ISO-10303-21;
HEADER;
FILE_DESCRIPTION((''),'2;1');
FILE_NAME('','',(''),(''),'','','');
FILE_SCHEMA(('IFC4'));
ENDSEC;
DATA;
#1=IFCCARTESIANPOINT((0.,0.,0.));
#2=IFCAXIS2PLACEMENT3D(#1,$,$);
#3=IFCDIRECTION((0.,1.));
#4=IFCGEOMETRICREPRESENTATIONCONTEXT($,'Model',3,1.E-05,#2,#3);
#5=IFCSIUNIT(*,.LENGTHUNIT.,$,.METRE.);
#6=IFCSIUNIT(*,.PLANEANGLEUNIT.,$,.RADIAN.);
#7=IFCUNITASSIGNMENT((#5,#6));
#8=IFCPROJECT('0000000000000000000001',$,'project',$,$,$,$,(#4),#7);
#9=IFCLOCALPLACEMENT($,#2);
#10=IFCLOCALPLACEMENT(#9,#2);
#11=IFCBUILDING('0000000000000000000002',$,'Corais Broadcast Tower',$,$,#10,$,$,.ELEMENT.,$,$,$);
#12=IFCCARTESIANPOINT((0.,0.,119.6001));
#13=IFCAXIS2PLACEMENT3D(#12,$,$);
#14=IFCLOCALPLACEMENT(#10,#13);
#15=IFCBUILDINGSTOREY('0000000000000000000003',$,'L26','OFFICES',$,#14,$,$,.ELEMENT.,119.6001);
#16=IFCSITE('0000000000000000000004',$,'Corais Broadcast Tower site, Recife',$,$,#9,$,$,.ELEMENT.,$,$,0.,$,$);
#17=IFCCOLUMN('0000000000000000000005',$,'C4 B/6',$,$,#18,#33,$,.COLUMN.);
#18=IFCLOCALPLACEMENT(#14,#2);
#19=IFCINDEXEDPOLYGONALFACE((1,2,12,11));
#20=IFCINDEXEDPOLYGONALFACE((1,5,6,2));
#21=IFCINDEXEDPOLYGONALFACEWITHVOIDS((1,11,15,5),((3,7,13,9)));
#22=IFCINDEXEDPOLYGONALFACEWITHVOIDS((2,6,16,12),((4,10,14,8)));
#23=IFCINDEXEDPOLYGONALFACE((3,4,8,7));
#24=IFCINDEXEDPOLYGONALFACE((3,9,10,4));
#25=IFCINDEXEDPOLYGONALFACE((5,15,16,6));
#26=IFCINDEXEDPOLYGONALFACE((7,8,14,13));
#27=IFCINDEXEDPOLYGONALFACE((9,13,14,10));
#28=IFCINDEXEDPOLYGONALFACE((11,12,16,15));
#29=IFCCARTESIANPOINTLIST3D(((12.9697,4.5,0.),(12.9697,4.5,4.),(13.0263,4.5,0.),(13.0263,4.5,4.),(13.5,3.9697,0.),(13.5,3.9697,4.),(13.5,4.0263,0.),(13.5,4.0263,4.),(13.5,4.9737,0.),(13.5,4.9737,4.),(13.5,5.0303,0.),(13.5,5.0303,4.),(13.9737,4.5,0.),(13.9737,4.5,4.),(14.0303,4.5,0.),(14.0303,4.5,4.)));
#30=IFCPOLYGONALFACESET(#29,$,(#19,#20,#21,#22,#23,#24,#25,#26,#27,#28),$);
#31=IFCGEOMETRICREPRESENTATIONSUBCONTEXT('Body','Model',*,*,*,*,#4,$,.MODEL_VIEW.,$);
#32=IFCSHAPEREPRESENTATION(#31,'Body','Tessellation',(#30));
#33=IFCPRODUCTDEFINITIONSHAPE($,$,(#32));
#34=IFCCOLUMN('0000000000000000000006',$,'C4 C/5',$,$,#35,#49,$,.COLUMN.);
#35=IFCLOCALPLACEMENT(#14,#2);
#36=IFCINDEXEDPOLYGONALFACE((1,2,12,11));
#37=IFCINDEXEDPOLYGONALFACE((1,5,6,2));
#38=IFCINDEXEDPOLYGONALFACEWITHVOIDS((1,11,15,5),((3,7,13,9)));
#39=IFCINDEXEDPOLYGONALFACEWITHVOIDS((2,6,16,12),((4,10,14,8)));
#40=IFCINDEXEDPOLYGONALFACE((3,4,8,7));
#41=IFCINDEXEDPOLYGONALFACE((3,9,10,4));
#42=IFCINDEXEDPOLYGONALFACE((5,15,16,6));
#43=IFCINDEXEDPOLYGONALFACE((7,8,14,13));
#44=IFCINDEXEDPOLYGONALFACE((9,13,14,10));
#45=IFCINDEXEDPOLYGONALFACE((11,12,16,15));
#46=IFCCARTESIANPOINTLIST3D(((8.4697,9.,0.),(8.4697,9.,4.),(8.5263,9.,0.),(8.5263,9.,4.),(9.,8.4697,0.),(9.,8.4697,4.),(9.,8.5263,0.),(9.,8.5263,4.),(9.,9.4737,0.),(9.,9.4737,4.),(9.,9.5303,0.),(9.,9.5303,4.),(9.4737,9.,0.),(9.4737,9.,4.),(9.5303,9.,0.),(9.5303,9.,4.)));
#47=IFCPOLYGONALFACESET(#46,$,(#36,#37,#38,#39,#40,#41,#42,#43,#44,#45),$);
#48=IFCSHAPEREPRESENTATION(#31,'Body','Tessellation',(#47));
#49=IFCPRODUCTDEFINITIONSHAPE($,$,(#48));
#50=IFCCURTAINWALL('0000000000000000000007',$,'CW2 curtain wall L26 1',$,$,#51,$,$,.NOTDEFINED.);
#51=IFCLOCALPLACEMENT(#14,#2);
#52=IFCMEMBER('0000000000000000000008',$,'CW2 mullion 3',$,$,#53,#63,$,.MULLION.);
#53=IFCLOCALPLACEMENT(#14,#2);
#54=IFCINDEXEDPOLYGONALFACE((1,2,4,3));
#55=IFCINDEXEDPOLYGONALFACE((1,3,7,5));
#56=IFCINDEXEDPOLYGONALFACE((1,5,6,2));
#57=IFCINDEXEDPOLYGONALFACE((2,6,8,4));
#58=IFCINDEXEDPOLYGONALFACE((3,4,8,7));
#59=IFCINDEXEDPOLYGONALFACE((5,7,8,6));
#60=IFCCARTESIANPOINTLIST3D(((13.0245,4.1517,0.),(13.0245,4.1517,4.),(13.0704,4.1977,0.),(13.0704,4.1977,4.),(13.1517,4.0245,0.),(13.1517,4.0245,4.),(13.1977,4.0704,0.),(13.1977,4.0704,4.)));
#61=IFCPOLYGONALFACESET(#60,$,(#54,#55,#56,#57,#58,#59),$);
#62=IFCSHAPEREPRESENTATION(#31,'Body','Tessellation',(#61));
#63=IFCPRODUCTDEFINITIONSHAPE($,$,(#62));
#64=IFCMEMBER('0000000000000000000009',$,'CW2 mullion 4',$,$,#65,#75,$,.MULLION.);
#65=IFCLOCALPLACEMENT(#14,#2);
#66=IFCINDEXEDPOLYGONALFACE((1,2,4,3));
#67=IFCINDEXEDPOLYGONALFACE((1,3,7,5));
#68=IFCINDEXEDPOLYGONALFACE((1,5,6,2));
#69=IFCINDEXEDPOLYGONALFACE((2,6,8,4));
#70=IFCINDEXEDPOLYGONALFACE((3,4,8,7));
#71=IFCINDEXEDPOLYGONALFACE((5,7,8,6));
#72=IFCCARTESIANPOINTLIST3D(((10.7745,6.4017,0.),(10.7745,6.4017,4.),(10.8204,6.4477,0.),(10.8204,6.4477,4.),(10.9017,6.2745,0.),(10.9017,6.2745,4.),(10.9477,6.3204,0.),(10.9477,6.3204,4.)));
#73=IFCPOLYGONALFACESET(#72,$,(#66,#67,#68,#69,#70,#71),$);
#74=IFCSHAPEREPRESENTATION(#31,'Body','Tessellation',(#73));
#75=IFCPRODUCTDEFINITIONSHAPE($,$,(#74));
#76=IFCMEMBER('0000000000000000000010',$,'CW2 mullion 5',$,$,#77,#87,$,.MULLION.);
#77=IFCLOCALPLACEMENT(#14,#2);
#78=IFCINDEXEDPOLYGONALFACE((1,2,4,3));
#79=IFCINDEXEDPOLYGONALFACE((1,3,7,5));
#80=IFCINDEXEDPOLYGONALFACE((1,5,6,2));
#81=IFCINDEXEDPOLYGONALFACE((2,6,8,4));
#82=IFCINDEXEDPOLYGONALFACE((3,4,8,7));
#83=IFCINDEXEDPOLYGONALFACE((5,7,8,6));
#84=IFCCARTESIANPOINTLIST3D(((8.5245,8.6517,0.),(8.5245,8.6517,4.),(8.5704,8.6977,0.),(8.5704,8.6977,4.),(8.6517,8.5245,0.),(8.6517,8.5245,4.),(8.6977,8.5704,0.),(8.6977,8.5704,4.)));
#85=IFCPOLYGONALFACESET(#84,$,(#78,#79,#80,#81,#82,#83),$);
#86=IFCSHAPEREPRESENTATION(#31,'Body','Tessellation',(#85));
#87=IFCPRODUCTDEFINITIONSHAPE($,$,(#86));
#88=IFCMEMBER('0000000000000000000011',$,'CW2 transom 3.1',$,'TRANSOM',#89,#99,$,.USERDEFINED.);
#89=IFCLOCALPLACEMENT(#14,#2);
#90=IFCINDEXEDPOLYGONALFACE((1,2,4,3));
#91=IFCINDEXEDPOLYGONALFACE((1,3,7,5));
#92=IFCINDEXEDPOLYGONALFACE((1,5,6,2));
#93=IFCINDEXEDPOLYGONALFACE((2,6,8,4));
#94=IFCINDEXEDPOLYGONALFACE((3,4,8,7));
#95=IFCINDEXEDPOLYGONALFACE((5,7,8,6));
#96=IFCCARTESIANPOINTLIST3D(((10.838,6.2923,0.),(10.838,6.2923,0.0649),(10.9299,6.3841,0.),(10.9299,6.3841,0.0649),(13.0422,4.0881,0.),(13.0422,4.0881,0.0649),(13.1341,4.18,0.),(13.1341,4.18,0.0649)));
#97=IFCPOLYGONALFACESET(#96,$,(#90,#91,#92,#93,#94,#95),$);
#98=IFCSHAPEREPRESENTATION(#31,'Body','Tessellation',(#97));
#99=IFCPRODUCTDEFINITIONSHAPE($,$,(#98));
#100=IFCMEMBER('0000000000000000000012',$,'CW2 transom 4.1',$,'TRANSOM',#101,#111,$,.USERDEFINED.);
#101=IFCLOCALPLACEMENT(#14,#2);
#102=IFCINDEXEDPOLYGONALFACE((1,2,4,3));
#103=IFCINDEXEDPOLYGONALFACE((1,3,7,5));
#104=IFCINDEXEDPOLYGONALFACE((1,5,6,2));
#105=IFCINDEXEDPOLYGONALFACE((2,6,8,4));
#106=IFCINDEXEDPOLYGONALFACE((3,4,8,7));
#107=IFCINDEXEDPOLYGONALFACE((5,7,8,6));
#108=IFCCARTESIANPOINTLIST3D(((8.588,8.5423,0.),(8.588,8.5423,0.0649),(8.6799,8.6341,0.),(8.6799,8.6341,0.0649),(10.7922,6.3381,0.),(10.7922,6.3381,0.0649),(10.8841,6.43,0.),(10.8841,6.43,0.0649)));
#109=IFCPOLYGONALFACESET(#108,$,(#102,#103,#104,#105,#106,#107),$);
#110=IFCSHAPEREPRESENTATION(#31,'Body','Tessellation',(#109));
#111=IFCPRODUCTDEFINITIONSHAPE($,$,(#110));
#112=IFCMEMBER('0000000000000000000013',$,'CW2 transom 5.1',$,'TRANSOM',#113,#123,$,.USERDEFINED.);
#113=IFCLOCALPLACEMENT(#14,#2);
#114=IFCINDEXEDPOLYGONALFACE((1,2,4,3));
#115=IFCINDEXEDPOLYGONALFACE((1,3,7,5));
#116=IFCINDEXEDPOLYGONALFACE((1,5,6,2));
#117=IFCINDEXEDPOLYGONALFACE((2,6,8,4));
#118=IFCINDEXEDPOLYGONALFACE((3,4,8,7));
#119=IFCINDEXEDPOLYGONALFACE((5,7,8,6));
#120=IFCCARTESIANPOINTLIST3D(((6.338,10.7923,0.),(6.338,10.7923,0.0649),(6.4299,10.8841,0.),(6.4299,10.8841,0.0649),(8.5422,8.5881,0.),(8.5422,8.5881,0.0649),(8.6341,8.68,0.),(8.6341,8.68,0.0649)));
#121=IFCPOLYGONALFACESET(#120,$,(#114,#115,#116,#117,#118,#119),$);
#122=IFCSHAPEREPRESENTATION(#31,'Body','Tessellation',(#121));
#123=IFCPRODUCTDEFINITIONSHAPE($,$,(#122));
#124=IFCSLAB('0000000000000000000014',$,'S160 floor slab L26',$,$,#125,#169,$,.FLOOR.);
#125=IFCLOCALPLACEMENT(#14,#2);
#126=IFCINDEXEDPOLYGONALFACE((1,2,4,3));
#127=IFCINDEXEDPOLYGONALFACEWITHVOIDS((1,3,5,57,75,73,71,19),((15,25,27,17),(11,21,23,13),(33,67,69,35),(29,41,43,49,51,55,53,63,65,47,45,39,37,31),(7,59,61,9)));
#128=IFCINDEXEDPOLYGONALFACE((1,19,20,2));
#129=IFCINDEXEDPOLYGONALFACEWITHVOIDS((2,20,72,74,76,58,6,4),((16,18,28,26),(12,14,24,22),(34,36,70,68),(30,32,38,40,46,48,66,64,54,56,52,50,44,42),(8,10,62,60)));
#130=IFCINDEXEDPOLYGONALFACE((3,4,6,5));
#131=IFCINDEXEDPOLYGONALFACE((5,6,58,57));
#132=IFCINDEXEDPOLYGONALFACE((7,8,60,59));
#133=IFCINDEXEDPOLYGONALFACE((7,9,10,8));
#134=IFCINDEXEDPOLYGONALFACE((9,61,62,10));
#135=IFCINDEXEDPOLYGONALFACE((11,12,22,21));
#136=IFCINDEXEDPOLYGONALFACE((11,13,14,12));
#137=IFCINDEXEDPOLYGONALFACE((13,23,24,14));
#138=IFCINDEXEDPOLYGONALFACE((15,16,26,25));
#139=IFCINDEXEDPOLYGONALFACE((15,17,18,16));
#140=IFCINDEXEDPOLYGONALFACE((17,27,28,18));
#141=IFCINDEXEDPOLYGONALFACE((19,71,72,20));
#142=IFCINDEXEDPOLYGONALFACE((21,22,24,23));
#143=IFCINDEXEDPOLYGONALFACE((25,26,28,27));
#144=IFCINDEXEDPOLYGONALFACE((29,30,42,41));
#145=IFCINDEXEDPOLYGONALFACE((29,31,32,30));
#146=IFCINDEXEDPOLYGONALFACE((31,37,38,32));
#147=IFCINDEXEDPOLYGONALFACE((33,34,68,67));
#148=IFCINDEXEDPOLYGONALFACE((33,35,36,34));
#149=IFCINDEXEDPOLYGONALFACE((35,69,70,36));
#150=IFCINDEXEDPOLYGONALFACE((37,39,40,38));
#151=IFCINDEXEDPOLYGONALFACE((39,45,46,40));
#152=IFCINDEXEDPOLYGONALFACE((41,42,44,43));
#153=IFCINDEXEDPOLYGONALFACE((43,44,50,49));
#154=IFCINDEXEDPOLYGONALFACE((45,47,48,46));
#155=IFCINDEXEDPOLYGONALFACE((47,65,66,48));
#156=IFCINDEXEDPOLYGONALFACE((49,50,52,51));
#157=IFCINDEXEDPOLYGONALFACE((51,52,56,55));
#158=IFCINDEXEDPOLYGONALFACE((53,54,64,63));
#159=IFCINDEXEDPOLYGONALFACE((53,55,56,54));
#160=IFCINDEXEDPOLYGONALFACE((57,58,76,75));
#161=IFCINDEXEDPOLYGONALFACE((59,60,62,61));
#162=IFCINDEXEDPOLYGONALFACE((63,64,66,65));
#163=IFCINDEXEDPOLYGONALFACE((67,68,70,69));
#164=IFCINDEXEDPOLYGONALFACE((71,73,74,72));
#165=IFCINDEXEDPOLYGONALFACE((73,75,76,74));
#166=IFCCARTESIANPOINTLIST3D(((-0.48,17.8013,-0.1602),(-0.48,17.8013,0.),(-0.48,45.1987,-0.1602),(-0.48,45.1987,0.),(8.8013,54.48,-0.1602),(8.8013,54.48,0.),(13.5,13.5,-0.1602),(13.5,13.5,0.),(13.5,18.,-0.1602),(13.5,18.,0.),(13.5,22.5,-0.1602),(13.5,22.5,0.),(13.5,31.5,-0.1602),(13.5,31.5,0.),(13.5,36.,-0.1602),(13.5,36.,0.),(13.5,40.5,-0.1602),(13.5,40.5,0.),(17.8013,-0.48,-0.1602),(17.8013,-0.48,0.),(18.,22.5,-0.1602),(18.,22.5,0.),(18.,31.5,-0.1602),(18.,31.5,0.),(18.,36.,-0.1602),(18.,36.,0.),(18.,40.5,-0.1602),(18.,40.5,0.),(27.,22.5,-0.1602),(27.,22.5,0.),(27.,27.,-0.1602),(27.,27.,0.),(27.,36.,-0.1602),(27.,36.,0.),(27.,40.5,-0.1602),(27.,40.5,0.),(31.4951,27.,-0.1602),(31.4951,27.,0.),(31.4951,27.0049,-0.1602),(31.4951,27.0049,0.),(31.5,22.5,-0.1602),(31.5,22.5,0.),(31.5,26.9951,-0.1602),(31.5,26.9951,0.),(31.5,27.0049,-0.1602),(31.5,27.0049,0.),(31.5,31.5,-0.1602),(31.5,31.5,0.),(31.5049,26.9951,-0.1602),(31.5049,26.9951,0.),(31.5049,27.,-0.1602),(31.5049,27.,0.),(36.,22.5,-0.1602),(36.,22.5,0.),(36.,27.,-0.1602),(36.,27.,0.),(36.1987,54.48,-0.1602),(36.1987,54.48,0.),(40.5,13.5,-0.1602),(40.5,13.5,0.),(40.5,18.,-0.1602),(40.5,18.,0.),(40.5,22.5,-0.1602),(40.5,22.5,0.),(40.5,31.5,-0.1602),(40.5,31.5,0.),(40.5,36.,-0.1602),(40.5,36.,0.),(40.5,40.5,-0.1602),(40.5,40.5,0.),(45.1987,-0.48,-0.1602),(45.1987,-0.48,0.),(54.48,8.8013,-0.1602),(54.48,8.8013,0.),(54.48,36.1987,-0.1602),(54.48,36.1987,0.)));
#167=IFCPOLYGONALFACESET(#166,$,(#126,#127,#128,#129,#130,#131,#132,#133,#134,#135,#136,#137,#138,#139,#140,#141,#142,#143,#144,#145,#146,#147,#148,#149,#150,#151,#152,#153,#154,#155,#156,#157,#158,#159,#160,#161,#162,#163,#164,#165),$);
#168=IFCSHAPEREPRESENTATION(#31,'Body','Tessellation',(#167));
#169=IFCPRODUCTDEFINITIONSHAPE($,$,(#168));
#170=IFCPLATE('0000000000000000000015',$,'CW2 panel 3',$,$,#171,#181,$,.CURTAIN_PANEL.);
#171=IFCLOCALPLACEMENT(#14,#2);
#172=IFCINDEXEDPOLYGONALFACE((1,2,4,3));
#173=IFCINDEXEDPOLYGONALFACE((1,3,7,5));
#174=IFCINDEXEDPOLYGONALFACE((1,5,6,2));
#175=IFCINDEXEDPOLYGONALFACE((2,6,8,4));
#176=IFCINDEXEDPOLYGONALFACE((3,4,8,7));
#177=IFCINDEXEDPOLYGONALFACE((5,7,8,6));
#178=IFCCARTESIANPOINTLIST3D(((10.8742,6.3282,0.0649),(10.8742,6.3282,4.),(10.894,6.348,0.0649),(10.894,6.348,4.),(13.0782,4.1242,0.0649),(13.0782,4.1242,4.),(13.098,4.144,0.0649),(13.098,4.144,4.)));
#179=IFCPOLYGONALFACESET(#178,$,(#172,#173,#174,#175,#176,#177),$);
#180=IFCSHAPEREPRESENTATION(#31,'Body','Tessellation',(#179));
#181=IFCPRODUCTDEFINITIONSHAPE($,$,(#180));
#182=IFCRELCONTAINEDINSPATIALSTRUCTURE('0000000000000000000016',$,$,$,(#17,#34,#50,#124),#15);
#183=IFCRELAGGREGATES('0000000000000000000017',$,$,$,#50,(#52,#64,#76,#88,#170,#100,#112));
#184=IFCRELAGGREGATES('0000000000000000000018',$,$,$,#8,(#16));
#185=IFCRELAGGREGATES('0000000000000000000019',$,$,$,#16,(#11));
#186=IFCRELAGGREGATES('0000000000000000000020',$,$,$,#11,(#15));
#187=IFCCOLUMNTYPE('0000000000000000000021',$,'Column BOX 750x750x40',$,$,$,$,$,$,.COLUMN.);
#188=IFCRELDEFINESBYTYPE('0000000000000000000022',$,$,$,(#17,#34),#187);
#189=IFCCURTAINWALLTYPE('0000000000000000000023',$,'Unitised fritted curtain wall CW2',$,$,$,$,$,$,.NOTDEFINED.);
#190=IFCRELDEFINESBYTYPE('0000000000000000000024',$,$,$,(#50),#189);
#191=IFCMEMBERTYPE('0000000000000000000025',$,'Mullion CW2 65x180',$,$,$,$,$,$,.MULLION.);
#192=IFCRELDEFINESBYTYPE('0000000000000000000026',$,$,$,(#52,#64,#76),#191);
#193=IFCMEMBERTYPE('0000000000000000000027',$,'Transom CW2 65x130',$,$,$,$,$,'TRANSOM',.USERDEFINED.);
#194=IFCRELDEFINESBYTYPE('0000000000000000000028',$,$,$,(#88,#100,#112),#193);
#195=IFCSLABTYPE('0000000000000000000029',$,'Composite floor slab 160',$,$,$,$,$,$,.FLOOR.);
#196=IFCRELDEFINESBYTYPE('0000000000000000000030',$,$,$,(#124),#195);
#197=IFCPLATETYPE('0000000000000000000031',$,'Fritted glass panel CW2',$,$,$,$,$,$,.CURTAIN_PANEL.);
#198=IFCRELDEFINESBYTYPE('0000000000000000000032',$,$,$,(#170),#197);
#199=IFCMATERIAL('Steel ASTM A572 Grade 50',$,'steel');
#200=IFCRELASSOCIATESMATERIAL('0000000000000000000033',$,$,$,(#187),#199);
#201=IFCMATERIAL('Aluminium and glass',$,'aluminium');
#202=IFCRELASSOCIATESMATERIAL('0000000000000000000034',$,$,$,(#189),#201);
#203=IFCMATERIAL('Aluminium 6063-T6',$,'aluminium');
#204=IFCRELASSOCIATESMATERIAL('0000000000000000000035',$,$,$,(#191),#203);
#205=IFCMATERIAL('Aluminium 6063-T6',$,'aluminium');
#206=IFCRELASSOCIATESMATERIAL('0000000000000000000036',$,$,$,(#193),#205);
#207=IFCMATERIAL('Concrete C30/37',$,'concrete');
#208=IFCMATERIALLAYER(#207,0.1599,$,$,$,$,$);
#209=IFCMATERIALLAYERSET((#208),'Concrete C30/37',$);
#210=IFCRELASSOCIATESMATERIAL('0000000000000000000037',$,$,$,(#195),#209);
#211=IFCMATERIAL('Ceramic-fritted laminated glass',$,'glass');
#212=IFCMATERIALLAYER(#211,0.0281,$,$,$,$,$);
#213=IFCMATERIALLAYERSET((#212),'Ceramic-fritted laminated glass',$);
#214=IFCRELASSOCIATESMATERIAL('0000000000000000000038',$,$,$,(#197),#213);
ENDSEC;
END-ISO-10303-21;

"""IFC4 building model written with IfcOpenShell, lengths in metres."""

from ifc_helpers import new_model, si_unit, direction, frame, origin, origin_2d, place, context, subcontext, project, spatial, polyline, rectangle, hollow_rectangle, outline, extrude, material, layer, layer_set, material_profile, profile_set, type_object, element, aggregate, save


model = new_model("IFC4")

# Units and contexts
model_context = context("Model", 3, precision=1e-05, world=origin(), true_north=direction((0.0, 1.0)))
body_context = subcontext(model_context, "Body", "Model", "MODEL_VIEW")
ifc_project = project(units=[si_unit("LENGTHUNIT", "METRE"), si_unit("PLANEANGLEUNIT", "RADIAN")], contexts=[model_context])

# Site, building, storey
site_placement = place(None, origin())
site = spatial("IfcSite", under=ifc_project, at=site_placement, Name="Corais Broadcast Tower site, Recife", CompositionType="ELEMENT", RefElevation=0.0)
building_placement = place(site_placement, origin())
building = spatial("IfcBuilding", under=site, at=building_placement, Name="Corais Broadcast Tower", CompositionType="ELEMENT")
storey_placement = place(building_placement, frame((0.0, 0.0, 119.6001)))
storey = spatial("IfcBuildingStorey", under=building, at=storey_placement, Name="L26", Description="OFFICES", CompositionType="ELEMENT", Elevation=119.6001)

# Columns
ifc_material_1 = material(Name="Steel ASTM A572 Grade 50", Category="steel")
ifc_material_profile_1 = material_profile(ifc_material_1, hollow_rectangle(XDim=0.75, YDim=0.75, WallThickness=0.04, at=origin_2d()), Name="BOX 750x750x40")
ifc_profile_set_1 = profile_set([ifc_material_profile_1], Name="Steel ASTM A572 Grade 50")
column_type = type_object("IfcColumnType", Name="Column BOX 750x750x40", PredefinedType="COLUMN", material=ifc_profile_set_1)
for number, where, z_axis, x_axis, name in (
    (1, (13.5, 4.5, 0.0), (0.0, 0.0, 1.0), (0.707107, 0.707107, 0.0), "C4 B/6"),
    (2, (9.0, 9.0, 0.0), (0.0, 0.0, 1.0), (0.707107, 0.707107, 0.0), "C4 C/5"),
):
    element("IfcColumn", number, at=place(storey_placement, frame(where, z_axis=z_axis, x_axis=x_axis)), inside=storey, type_object=column_type, Name=name, PredefinedType="COLUMN", context=body_context, shape_type="SweptSolid", body=[
        extrude(hollow_rectangle(XDim=0.75, YDim=0.75, WallThickness=0.04, at=origin_2d()), origin(), (0.0, 0.0, 1.0), 4.0),
    ])

# Curtain wall, members
ifc_material_2 = material(Name="Aluminium and glass", Category="aluminium")
curtain_wall_type = type_object("IfcCurtainWallType", Name="Unitised fritted curtain wall CW2", PredefinedType="NOTDEFINED", material=ifc_material_2)
curtain_wall_placement = place(storey_placement, origin())
curtain_wall = element("IfcCurtainWall", 3, at=curtain_wall_placement, inside=storey, type_object=curtain_wall_type, Name="CW2 curtain wall L26 1", PredefinedType="NOTDEFINED")
ifc_material_3 = material(Name="Aluminium 6063-T6", Category="aluminium")
ifc_material_profile_2 = material_profile(ifc_material_3, rectangle(XDim=0.0649, YDim=0.1799, at=origin_2d()), Name="Mullion CW2 65x180")
ifc_profile_set_2 = profile_set([ifc_material_profile_2], Name="Aluminium 6063-T6")
member_type_1 = type_object("IfcMemberType", Name="Mullion CW2 65x180", PredefinedType="MULLION", material=ifc_profile_set_2)
member_1_placement = place(storey_placement, frame((13.1111, 4.1111, 0.0), z_axis=(0.0, 0.0, 1.0), x_axis=(-0.707107, -0.707107, 0.0)))
member_1 = element("IfcMember", 4, at=member_1_placement, type_object=member_type_1, Name="CW2 mullion 3", PredefinedType="MULLION", context=body_context, shape_type="SweptSolid", body=[
    extrude(rectangle(XDim=0.0649, YDim=0.1799, at=origin_2d()), origin(), (0.0, 0.0, 1.0), 4.0),
])
member_2_placement = place(storey_placement, frame((10.8611, 6.3611, 0.0), z_axis=(0.0, 0.0, 1.0), x_axis=(-0.707107, -0.707107, 0.0)))
member_2 = element("IfcMember", 5, at=member_2_placement, type_object=member_type_1, Name="CW2 mullion 4", PredefinedType="MULLION", context=body_context, shape_type="SweptSolid", body=[
    extrude(rectangle(XDim=0.0649, YDim=0.1799, at=origin_2d()), origin(), (0.0, 0.0, 1.0), 4.0),
])
member_3_placement = place(storey_placement, frame((8.6111, 8.6111, 0.0), z_axis=(0.0, 0.0, 1.0), x_axis=(-0.707107, -0.707107, 0.0)))
member_3 = element("IfcMember", 6, at=member_3_placement, type_object=member_type_1, Name="CW2 mullion 5", PredefinedType="MULLION", context=body_context, shape_type="SweptSolid", body=[
    extrude(rectangle(XDim=0.0649, YDim=0.1799, at=origin_2d()), origin(), (0.0, 0.0, 1.0), 4.0),
])
ifc_material_4 = material(Name="Aluminium 6063-T6", Category="aluminium")
ifc_material_profile_3 = material_profile(ifc_material_4, rectangle(XDim=0.1299, YDim=0.0649, at=origin_2d()), Name="Transom CW2 65x130")
ifc_profile_set_3 = profile_set([ifc_material_profile_3], Name="Aluminium 6063-T6")
member_type_2 = type_object("IfcMemberType", Name="Transom CW2 65x130", ElementType="TRANSOM", PredefinedType="USERDEFINED", material=ifc_profile_set_3)
member_4_placement = place(storey_placement, frame((13.0881, 4.134, 0.0325), z_axis=(-0.707107, 0.707107, 0.0), x_axis=(-0.707107, -0.707107, 0.0)))
member_4 = element("IfcMember", 7, at=member_4_placement, type_object=member_type_2, Name="CW2 transom 3.1", ObjectType="TRANSOM", PredefinedType="USERDEFINED", context=body_context, shape_type="SweptSolid", body=[
    extrude(rectangle(XDim=0.1299, YDim=0.0649, at=origin_2d()), origin(), (0.0, 0.0, 1.0), 3.1172),
])
member_5_placement = place(storey_placement, frame((10.8381, 6.384, 0.0325), z_axis=(-0.707107, 0.707107, 0.0), x_axis=(-0.707107, -0.707107, 0.0)))
member_5 = element("IfcMember", 8, at=member_5_placement, type_object=member_type_2, Name="CW2 transom 4.1", ObjectType="TRANSOM", PredefinedType="USERDEFINED", context=body_context, shape_type="SweptSolid", body=[
    extrude(rectangle(XDim=0.1299, YDim=0.0649, at=origin_2d()), origin(), (0.0, 0.0, 1.0), 3.1172),
])
member_6_placement = place(storey_placement, frame((8.5881, 8.634, 0.0325), z_axis=(-0.707107, 0.707107, 0.0), x_axis=(-0.707107, -0.707107, 0.0)))
member_6 = element("IfcMember", 9, at=member_6_placement, type_object=member_type_2, Name="CW2 transom 5.1", ObjectType="TRANSOM", PredefinedType="USERDEFINED", context=body_context, shape_type="SweptSolid", body=[
    extrude(rectangle(XDim=0.1299, YDim=0.0649, at=origin_2d()), origin(), (0.0, 0.0, 1.0), 3.1172),
])

# Slab
ifc_material_5 = material(Name="Concrete C30/37", Category="concrete")
ifc_layer_1 = layer(ifc_material_5, 0.1599)
ifc_layer_set_1 = layer_set([ifc_layer_1], Name="Concrete C30/37")
slab_type_1 = type_object("IfcSlabType", Name="Composite floor slab 160", PredefinedType="FLOOR", material=ifc_layer_set_1)
slab_1_placement = place(storey_placement, frame((0.0, 0.0, -0.1602)))
element("IfcSlab", 10, at=slab_1_placement, inside=storey, type_object=slab_type_1, Name="S160 floor slab L26", PredefinedType="FLOOR", context=body_context, shape_type="SweptSolid", body=[
    extrude(outline(polyline([(17.8013, -0.48), (-0.48, 17.8013), (-0.48, 45.1987), (8.8013, 54.48), (36.1987, 54.48), (54.48, 36.1987), (54.48, 8.8013), (45.1987, -0.48), (17.8013, -0.48)]), holes=[polyline([(13.5, 18.0), (40.5, 18.0), (40.5, 13.5), (13.5, 13.5), (13.5, 18.0)]), polyline([(18.0, 22.5), (13.5, 22.5), (13.5, 31.5), (18.0, 31.5), (18.0, 22.5)]), polyline([(18.0, 36.0), (13.5, 36.0), (13.5, 40.5), (18.0, 40.5), (18.0, 36.0)]), polyline([(31.5, 22.5), (27.0, 22.5), (27.0, 27.0), (31.4951, 27.0), (31.4951, 27.0049), (31.5, 27.0049), (31.5, 31.5), (40.5, 31.5), (40.5, 22.5), (36.0, 22.5), (36.0, 27.0), (31.5049, 27.0), (31.5049, 26.9951), (31.5, 26.9951), (31.5, 22.5)]), polyline([(27.0, 40.5), (40.5, 40.5), (40.5, 36.0), (27.0, 36.0), (27.0, 40.5)])]), origin(), (0.0, 0.0, 1.0), 0.1602),
])

# Plate
ifc_material_6 = material(Name="Ceramic-fritted laminated glass", Category="glass")
ifc_layer_2 = layer(ifc_material_6, 0.0281)
ifc_layer_set_2 = layer_set([ifc_layer_2], Name="Ceramic-fritted laminated glass")
plate_type_1 = type_object("IfcPlateType", Name="Fritted glass panel CW2", PredefinedType="CURTAIN_PANEL", material=ifc_layer_set_2)
plate_1_placement = place(storey_placement, frame((11.9861, 5.2361, 0.0649), z_axis=(0.0, 0.0, 1.0), x_axis=(-0.707107, 0.707107, 0.0)))
plate_1 = element("IfcPlate", 11, at=plate_1_placement, type_object=plate_type_1, Name="CW2 panel 3", PredefinedType="CURTAIN_PANEL", context=body_context, shape_type="SweptSolid", body=[
    extrude(rectangle(XDim=3.1169, YDim=0.0281, at=origin_2d()), origin(), (0.0, 0.0, 1.0), 3.9351),
])
aggregate(curtain_wall, [member_1, member_2, member_3, member_4, plate_1, member_5, member_6])

save(model, "model.ifc")
